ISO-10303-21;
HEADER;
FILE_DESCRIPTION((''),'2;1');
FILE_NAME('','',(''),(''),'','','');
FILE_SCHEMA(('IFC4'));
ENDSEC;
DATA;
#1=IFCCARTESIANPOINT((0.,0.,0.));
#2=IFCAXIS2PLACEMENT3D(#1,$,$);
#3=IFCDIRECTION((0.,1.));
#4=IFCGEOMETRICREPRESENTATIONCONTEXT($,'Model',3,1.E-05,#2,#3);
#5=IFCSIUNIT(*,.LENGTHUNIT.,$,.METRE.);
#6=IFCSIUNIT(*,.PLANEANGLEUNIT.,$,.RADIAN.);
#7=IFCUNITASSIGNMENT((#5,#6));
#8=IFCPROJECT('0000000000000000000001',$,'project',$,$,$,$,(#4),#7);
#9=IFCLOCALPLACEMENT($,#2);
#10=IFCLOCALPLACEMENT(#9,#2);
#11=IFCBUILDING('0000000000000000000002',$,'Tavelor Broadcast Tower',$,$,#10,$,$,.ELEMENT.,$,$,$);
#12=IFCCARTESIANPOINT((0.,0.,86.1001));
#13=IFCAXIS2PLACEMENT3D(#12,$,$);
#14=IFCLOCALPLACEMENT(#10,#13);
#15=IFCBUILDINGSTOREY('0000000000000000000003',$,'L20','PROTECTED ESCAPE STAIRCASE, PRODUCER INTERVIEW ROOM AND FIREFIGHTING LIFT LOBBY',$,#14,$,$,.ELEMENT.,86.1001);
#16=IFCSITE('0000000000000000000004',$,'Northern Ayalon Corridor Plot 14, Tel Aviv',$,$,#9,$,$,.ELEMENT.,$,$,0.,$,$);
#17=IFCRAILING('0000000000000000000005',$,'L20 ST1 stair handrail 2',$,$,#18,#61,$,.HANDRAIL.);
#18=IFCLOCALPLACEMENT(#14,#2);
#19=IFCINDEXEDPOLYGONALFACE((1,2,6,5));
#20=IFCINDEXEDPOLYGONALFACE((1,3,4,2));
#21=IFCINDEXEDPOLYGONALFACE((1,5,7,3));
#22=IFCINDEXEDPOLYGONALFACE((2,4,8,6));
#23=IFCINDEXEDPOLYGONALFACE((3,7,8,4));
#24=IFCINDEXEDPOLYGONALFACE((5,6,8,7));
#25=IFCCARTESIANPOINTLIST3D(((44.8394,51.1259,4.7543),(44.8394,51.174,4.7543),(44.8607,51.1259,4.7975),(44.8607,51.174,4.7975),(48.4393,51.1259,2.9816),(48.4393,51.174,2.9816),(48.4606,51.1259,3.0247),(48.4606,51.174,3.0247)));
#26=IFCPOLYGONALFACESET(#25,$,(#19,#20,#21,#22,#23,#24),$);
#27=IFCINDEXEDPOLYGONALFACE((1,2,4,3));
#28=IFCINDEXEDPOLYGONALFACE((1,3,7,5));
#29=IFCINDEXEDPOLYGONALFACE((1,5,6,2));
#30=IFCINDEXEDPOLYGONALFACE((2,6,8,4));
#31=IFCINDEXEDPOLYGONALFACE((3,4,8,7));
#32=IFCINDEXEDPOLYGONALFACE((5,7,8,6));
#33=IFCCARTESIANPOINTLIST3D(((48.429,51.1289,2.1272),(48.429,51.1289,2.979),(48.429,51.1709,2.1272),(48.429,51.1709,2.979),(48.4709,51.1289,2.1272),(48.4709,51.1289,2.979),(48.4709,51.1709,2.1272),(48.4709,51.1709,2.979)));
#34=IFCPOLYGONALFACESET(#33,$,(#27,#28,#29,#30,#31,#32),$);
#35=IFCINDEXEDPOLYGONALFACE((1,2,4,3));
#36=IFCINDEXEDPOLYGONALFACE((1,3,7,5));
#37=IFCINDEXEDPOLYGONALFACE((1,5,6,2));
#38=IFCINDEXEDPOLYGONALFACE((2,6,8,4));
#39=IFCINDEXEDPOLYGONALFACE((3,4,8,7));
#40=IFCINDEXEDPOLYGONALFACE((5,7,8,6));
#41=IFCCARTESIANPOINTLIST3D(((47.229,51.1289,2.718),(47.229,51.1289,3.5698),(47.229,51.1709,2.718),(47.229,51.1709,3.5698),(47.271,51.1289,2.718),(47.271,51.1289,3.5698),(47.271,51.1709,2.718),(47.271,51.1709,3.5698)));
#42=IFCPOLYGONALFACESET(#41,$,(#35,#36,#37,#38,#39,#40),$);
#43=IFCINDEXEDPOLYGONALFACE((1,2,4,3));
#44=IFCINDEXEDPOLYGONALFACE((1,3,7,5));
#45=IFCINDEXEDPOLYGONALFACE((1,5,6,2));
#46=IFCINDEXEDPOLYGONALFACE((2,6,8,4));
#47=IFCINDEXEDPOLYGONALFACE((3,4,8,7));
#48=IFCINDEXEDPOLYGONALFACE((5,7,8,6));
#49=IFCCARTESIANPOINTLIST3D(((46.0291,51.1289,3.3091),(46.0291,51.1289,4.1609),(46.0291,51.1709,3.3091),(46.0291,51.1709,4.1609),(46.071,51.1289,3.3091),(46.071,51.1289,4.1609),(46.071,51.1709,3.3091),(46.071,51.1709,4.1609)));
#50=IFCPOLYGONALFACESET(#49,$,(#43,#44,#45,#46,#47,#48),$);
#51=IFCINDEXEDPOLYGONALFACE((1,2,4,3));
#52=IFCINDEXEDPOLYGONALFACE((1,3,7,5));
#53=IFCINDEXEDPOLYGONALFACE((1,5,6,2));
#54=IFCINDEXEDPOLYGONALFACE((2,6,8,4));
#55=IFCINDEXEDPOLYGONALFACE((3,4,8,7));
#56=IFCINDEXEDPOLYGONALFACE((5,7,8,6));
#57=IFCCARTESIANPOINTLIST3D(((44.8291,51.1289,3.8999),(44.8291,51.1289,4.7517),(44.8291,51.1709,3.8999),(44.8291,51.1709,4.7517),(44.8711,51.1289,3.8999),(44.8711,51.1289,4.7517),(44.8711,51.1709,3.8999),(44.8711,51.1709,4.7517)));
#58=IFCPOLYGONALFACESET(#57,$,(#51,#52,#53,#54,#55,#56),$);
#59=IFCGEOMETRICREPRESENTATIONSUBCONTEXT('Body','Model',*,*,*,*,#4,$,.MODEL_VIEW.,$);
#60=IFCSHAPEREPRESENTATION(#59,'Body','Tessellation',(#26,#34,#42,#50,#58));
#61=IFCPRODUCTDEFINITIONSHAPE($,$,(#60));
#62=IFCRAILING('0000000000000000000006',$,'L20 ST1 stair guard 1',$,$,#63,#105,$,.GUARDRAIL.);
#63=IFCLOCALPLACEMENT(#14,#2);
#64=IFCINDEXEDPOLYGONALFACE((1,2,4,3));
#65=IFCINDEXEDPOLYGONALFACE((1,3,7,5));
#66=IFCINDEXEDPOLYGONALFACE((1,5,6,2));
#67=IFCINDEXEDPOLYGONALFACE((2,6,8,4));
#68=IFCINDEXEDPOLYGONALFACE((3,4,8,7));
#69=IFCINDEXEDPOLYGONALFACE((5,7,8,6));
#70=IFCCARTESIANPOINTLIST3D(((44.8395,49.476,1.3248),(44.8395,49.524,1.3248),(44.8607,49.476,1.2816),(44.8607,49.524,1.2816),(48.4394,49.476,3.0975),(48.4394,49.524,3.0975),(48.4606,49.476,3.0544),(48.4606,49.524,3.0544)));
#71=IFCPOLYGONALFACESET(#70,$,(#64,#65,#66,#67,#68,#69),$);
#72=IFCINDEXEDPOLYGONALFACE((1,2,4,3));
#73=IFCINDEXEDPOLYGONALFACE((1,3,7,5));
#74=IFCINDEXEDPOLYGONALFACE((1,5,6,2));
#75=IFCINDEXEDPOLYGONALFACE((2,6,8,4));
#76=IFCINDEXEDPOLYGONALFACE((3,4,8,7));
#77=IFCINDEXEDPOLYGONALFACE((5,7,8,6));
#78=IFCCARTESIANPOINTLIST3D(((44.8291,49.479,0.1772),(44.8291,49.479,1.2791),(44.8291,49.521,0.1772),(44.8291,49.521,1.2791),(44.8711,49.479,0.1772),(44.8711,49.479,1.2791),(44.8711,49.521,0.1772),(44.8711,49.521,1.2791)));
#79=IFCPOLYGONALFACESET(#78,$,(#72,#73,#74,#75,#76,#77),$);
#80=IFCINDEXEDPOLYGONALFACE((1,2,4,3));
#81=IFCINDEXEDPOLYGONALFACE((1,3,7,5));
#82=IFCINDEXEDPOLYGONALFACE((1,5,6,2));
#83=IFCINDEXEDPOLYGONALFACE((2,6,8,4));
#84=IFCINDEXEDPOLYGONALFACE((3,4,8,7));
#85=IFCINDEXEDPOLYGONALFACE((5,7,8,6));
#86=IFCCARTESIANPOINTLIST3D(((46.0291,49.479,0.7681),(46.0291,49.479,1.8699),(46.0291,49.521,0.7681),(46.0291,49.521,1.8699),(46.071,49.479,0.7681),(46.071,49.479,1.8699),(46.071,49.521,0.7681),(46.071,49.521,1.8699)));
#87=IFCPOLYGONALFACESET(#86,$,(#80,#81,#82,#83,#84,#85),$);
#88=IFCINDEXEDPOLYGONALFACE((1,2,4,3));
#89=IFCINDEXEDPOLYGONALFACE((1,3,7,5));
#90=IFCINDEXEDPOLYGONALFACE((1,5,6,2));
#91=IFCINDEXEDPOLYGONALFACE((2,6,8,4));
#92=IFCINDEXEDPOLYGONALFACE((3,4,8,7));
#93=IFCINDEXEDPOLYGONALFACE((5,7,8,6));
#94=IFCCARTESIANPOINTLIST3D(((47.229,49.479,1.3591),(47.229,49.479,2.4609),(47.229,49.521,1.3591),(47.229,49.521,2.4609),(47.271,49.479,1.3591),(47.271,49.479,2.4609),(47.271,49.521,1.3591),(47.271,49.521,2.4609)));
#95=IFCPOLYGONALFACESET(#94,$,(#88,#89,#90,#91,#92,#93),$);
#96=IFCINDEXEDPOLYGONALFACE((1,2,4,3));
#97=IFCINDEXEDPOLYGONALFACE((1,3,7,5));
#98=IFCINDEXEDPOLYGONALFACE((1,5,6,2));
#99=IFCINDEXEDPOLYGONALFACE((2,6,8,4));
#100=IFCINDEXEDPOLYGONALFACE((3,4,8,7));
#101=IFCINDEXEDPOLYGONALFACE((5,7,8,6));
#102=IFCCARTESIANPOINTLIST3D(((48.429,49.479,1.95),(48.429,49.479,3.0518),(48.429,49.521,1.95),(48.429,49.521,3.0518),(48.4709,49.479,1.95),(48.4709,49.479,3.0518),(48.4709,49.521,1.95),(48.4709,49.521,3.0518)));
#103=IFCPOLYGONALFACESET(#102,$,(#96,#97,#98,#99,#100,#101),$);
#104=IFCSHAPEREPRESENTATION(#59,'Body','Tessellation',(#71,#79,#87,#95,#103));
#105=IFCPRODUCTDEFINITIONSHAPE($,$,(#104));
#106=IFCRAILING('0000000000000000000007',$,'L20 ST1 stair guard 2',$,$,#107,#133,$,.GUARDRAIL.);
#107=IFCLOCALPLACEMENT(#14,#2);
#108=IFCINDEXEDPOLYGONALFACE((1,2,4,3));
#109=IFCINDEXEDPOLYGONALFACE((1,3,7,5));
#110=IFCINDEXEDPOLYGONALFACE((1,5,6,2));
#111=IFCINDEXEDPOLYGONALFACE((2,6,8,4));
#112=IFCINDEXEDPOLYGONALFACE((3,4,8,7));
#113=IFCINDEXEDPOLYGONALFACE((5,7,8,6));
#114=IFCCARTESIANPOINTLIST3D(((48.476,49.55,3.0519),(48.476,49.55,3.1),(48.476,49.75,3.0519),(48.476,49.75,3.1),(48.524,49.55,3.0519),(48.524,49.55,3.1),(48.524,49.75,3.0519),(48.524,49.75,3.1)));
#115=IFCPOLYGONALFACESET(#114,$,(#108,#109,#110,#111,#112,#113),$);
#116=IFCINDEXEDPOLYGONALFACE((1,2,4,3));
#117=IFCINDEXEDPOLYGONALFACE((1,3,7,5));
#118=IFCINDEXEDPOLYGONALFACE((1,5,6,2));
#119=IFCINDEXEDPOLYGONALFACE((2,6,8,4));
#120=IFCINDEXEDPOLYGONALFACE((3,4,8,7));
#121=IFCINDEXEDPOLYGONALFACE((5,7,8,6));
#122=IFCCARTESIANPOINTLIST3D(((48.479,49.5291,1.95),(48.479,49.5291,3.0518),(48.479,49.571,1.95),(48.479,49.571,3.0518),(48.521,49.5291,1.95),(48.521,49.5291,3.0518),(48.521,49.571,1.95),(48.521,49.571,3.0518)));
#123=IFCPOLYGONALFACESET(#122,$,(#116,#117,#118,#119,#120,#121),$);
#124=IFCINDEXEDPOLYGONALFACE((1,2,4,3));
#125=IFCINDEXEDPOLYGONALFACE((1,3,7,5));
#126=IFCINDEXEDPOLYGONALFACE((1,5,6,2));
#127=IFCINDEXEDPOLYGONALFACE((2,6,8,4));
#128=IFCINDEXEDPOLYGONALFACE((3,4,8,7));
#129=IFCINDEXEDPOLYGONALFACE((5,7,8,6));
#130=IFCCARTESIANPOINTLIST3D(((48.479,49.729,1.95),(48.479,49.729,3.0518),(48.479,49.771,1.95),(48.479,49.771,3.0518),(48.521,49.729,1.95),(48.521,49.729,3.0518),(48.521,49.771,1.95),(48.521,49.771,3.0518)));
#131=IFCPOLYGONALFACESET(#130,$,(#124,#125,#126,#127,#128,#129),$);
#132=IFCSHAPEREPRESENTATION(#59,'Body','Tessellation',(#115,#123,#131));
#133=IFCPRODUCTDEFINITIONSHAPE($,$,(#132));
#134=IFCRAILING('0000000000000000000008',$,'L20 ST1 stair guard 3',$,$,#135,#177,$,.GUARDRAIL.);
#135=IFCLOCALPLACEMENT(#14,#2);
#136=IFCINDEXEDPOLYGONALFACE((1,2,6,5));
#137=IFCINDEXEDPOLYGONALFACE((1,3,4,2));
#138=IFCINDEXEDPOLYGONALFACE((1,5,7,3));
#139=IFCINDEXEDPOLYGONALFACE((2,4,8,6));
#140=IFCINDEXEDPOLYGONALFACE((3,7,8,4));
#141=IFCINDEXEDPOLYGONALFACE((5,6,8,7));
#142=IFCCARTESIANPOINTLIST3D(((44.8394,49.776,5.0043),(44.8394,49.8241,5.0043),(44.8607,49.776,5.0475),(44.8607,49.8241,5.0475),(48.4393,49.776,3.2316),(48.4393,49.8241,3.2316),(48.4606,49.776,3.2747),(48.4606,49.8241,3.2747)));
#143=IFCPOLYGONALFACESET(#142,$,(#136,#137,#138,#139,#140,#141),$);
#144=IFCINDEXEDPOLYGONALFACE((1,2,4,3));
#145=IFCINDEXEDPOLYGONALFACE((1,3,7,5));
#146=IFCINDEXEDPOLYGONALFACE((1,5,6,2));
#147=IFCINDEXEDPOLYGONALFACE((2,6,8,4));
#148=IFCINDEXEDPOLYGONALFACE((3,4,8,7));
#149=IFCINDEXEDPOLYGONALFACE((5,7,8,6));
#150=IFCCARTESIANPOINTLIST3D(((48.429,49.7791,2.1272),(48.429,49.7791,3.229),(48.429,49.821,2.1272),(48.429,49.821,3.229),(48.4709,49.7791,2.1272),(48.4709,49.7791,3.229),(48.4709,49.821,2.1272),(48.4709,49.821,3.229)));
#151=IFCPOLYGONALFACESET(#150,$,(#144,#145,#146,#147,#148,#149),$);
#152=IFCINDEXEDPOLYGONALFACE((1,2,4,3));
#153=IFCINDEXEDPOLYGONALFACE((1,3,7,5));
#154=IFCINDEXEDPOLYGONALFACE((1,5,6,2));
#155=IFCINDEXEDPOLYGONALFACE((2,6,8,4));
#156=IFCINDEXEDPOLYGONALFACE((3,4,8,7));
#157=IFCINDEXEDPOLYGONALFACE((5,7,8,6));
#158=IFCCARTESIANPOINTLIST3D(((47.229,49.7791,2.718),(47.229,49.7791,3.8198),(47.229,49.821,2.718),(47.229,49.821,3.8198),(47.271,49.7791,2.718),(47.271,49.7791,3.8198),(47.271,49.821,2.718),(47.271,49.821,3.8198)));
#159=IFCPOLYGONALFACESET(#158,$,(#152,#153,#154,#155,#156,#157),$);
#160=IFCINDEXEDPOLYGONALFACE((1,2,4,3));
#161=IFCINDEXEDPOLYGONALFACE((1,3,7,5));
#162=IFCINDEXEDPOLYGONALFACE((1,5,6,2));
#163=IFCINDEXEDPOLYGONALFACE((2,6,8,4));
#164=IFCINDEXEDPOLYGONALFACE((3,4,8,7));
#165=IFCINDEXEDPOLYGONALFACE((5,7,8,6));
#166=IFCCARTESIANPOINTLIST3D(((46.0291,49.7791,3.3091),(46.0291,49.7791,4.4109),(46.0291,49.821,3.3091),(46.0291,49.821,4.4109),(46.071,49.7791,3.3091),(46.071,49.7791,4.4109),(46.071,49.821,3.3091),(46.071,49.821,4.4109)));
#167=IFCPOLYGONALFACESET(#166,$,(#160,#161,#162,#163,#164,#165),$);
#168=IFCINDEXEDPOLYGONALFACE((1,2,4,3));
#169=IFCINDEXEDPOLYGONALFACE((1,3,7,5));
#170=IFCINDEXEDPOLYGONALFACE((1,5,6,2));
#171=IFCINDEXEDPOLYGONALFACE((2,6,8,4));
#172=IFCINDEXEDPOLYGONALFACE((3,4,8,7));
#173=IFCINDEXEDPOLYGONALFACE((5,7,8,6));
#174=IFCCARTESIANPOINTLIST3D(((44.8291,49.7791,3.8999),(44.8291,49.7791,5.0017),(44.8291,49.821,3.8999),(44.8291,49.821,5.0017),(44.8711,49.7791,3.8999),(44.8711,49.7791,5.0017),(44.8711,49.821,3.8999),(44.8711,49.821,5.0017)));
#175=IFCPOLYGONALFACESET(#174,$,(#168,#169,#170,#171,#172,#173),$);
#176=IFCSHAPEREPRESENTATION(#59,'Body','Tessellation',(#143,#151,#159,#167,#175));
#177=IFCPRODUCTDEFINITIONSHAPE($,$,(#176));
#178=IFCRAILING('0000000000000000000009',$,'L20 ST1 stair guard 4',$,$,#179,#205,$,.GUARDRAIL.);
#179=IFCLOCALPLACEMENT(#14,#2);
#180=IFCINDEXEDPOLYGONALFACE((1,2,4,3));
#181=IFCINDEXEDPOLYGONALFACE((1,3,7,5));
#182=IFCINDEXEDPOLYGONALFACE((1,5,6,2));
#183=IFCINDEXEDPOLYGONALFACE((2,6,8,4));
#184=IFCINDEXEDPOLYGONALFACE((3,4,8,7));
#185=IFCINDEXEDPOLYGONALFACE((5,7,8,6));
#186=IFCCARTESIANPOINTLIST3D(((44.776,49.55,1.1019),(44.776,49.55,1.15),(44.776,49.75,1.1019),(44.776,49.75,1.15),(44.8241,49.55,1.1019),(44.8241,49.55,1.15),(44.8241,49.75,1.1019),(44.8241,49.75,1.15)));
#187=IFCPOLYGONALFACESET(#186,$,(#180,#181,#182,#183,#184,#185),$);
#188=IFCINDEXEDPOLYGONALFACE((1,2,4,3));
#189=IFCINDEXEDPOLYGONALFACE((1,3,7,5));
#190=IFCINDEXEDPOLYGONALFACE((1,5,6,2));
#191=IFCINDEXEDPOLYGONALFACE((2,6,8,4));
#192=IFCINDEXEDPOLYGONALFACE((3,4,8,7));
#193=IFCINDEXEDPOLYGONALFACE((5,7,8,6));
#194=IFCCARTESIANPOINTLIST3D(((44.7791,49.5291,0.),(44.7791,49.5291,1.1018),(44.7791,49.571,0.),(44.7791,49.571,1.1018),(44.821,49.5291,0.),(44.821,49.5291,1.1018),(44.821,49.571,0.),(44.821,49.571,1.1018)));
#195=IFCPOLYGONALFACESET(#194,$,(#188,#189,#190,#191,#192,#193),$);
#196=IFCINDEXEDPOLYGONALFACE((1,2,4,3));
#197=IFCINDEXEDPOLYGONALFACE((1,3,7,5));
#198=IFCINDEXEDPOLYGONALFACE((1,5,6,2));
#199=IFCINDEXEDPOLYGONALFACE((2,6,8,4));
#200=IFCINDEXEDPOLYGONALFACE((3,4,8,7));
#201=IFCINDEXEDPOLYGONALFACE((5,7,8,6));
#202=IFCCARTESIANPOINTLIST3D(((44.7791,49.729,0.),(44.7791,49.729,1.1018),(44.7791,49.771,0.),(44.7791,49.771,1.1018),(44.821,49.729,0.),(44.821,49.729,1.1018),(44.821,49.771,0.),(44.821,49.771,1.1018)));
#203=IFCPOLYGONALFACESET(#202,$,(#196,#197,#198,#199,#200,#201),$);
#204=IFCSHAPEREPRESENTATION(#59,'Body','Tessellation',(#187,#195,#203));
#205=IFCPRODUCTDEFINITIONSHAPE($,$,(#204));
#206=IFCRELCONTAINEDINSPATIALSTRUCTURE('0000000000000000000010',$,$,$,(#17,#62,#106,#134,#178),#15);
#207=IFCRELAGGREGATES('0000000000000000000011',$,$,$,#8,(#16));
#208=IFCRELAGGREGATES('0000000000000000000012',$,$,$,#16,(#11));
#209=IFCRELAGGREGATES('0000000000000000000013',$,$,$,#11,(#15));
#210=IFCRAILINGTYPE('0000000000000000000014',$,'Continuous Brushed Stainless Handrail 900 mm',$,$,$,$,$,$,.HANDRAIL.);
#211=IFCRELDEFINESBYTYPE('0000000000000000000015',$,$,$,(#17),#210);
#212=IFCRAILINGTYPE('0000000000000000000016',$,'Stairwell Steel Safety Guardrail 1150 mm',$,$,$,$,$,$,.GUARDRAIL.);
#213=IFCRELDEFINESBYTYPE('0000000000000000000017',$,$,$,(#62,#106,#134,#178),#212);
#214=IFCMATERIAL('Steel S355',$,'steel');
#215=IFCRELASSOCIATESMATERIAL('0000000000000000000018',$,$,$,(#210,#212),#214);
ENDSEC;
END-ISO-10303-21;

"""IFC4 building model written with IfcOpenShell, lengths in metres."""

from ifc_helpers import new_model, si_unit, direction, frame, origin, origin_2d, place, context, subcontext, project, spatial, rectangle, extrude, material, type_object, element, save


model = new_model("IFC4")

# Units and contexts
model_context = context("Model", 3, precision=1e-05, world=origin(), true_north=direction((0.0, 1.0)))
body_context = subcontext(model_context, "Body", "Model", "MODEL_VIEW")
ifc_project = project(units=[si_unit("LENGTHUNIT", "METRE"), si_unit("PLANEANGLEUNIT", "RADIAN")], contexts=[model_context])

# Site, building, storey
site_placement = place(None, origin())
site = spatial("IfcSite", under=ifc_project, at=site_placement, Name="Northern Ayalon Corridor Plot 14, Tel Aviv", CompositionType="ELEMENT", RefElevation=0.0)
building_placement = place(site_placement, origin())
building = spatial("IfcBuilding", under=site, at=building_placement, Name="Tavelor Broadcast Tower", CompositionType="ELEMENT")
storey_placement = place(building_placement, frame((0.0, 0.0, 86.1001)))
storey = spatial("IfcBuildingStorey", under=building, at=storey_placement, Name="L20", Description="PROTECTED ESCAPE STAIRCASE, PRODUCER INTERVIEW ROOM AND FIREFIGHTING LIFT LOBBY", CompositionType="ELEMENT", Elevation=86.1001)

# Shared definitions
ifc_material_1 = material(Name="Steel S355", Category="steel")

# Railings
railing_type_1 = type_object("IfcRailingType", Name="Continuous Brushed Stainless Handrail 900 mm", PredefinedType="HANDRAIL", material=ifc_material_1)
railing_1_placement = place(storey_placement, frame((48.45, 51.1499, 2.1272)))
element("IfcRailing", 1, at=railing_1_placement, inside=storey, type_object=railing_type_1, Name="L20 ST1 stair handrail 2", PredefinedType="HANDRAIL", context=body_context, shape_type="SweptSolid", body=[
    extrude(rectangle(XDim=0.0481, YDim=0.0481, at=origin_2d()), frame((0.0, 0.0, 0.876), z_axis=(-0.897124, 0.0, 0.441778), x_axis=(0.0, -1.0, 0.0)), (0.0, 0.0, 1.0), 4.0127),
    extrude(rectangle(XDim=0.042, YDim=0.042, at=origin_2d()), origin(), (0.0, 0.0, 1.0), 0.8518),
    extrude(rectangle(XDim=0.042, YDim=0.042, at=origin_2d()), frame((-1.2, 0.0, 0.5908)), (0.0, 0.0, 1.0), 0.8518),
    extrude(rectangle(XDim=0.042, YDim=0.042, at=origin_2d()), frame((-2.3999, 0.0, 1.1819)), (0.0, 0.0, 1.0), 0.8518),
    extrude(rectangle(XDim=0.042, YDim=0.042, at=origin_2d()), frame((-3.5999, 0.0, 1.7727)), (0.0, 0.0, 1.0), 0.8518),
])
railing_type_2 = type_object("IfcRailingType", Name="Stairwell Steel Safety Guardrail 1150 mm", PredefinedType="GUARDRAIL", material=ifc_material_1)
railing_2_placement = place(storey_placement, frame((44.8501, 49.5, 0.1772)))
element("IfcRailing", 2, at=railing_2_placement, inside=storey, type_object=railing_type_2, Name="L20 ST1 stair guard 1", PredefinedType="GUARDRAIL", context=body_context, shape_type="SweptSolid", body=[
    extrude(rectangle(XDim=0.0481, YDim=0.0481, at=origin_2d()), frame((0.0, 0.0, 1.126), z_axis=(0.897124, 0.0, 0.441778), x_axis=(0.0, 1.0, 0.0)), (0.0, 0.0, 1.0), 4.0127),
    extrude(rectangle(XDim=0.042, YDim=0.042, at=origin_2d()), origin(), (0.0, 0.0, 1.0), 1.1018),
    extrude(rectangle(XDim=0.042, YDim=0.042, at=origin_2d()), frame((1.2, 0.0, 0.5908)), (0.0, 0.0, 1.0), 1.1018),
    extrude(rectangle(XDim=0.042, YDim=0.042, at=origin_2d()), frame((2.3999, 0.0, 1.1819)), (0.0, 0.0, 1.0), 1.1018),
    extrude(rectangle(XDim=0.042, YDim=0.042, at=origin_2d()), frame((3.5999, 0.0, 1.7727)), (0.0, 0.0, 1.0), 1.1018),
])
railing_3_placement = place(storey_placement, frame((48.5, 49.55, 1.95)))
element("IfcRailing", 3, at=railing_3_placement, inside=storey, type_object=railing_type_2, Name="L20 ST1 stair guard 2", PredefinedType="GUARDRAIL", context=body_context, shape_type="SweptSolid", body=[
    extrude(rectangle(XDim=0.0481, YDim=0.0481, at=origin_2d()), frame((0.0, 0.0, 1.126), z_axis=(0.0, 1.0, 0.0), x_axis=(-1.0, 0.0, 0.0)), (0.0, 0.0, 1.0), 0.2),
    extrude(rectangle(XDim=0.042, YDim=0.042, at=origin_2d()), origin(), (0.0, 0.0, 1.0), 1.1018),
    extrude(rectangle(XDim=0.042, YDim=0.042, at=origin_2d()), frame((0.0, 0.2, 0.0)), (0.0, 0.0, 1.0), 1.1018),
])
railing_4_placement = place(storey_placement, frame((48.45, 49.8, 2.1272)))
element("IfcRailing", 4, at=railing_4_placement, inside=storey, type_object=railing_type_2, Name="L20 ST1 stair guard 3", PredefinedType="GUARDRAIL", context=body_context, shape_type="SweptSolid", body=[
    extrude(rectangle(XDim=0.0481, YDim=0.0481, at=origin_2d()), frame((0.0, 0.0, 1.126), z_axis=(-0.897124, 0.0, 0.441778), x_axis=(0.0, -1.0, 0.0)), (0.0, 0.0, 1.0), 4.0127),
    extrude(rectangle(XDim=0.042, YDim=0.042, at=origin_2d()), origin(), (0.0, 0.0, 1.0), 1.1018),
    extrude(rectangle(XDim=0.042, YDim=0.042, at=origin_2d()), frame((-1.2, 0.0, 0.5908)), (0.0, 0.0, 1.0), 1.1018),
    extrude(rectangle(XDim=0.042, YDim=0.042, at=origin_2d()), frame((-2.3999, 0.0, 1.1819)), (0.0, 0.0, 1.0), 1.1018),
    extrude(rectangle(XDim=0.042, YDim=0.042, at=origin_2d()), frame((-3.5999, 0.0, 1.7727)), (0.0, 0.0, 1.0), 1.1018),
])
railing_5_placement = place(storey_placement, frame((44.8, 49.55, 0.0)))
element("IfcRailing", 5, at=railing_5_placement, inside=storey, type_object=railing_type_2, Name="L20 ST1 stair guard 4", PredefinedType="GUARDRAIL", context=body_context, shape_type="SweptSolid", body=[
    extrude(rectangle(XDim=0.0481, YDim=0.0481, at=origin_2d()), frame((0.0, 0.0, 1.126), z_axis=(0.0, 1.0, 0.0), x_axis=(-1.0, 0.0, 0.0)), (0.0, 0.0, 1.0), 0.2),
    extrude(rectangle(XDim=0.042, YDim=0.042, at=origin_2d()), origin(), (0.0, 0.0, 1.0), 1.1018),
    extrude(rectangle(XDim=0.042, YDim=0.042, at=origin_2d()), frame((0.0, 0.2, 0.0)), (0.0, 0.0, 1.0), 1.1018),
])

save(model, "model.ifc")
